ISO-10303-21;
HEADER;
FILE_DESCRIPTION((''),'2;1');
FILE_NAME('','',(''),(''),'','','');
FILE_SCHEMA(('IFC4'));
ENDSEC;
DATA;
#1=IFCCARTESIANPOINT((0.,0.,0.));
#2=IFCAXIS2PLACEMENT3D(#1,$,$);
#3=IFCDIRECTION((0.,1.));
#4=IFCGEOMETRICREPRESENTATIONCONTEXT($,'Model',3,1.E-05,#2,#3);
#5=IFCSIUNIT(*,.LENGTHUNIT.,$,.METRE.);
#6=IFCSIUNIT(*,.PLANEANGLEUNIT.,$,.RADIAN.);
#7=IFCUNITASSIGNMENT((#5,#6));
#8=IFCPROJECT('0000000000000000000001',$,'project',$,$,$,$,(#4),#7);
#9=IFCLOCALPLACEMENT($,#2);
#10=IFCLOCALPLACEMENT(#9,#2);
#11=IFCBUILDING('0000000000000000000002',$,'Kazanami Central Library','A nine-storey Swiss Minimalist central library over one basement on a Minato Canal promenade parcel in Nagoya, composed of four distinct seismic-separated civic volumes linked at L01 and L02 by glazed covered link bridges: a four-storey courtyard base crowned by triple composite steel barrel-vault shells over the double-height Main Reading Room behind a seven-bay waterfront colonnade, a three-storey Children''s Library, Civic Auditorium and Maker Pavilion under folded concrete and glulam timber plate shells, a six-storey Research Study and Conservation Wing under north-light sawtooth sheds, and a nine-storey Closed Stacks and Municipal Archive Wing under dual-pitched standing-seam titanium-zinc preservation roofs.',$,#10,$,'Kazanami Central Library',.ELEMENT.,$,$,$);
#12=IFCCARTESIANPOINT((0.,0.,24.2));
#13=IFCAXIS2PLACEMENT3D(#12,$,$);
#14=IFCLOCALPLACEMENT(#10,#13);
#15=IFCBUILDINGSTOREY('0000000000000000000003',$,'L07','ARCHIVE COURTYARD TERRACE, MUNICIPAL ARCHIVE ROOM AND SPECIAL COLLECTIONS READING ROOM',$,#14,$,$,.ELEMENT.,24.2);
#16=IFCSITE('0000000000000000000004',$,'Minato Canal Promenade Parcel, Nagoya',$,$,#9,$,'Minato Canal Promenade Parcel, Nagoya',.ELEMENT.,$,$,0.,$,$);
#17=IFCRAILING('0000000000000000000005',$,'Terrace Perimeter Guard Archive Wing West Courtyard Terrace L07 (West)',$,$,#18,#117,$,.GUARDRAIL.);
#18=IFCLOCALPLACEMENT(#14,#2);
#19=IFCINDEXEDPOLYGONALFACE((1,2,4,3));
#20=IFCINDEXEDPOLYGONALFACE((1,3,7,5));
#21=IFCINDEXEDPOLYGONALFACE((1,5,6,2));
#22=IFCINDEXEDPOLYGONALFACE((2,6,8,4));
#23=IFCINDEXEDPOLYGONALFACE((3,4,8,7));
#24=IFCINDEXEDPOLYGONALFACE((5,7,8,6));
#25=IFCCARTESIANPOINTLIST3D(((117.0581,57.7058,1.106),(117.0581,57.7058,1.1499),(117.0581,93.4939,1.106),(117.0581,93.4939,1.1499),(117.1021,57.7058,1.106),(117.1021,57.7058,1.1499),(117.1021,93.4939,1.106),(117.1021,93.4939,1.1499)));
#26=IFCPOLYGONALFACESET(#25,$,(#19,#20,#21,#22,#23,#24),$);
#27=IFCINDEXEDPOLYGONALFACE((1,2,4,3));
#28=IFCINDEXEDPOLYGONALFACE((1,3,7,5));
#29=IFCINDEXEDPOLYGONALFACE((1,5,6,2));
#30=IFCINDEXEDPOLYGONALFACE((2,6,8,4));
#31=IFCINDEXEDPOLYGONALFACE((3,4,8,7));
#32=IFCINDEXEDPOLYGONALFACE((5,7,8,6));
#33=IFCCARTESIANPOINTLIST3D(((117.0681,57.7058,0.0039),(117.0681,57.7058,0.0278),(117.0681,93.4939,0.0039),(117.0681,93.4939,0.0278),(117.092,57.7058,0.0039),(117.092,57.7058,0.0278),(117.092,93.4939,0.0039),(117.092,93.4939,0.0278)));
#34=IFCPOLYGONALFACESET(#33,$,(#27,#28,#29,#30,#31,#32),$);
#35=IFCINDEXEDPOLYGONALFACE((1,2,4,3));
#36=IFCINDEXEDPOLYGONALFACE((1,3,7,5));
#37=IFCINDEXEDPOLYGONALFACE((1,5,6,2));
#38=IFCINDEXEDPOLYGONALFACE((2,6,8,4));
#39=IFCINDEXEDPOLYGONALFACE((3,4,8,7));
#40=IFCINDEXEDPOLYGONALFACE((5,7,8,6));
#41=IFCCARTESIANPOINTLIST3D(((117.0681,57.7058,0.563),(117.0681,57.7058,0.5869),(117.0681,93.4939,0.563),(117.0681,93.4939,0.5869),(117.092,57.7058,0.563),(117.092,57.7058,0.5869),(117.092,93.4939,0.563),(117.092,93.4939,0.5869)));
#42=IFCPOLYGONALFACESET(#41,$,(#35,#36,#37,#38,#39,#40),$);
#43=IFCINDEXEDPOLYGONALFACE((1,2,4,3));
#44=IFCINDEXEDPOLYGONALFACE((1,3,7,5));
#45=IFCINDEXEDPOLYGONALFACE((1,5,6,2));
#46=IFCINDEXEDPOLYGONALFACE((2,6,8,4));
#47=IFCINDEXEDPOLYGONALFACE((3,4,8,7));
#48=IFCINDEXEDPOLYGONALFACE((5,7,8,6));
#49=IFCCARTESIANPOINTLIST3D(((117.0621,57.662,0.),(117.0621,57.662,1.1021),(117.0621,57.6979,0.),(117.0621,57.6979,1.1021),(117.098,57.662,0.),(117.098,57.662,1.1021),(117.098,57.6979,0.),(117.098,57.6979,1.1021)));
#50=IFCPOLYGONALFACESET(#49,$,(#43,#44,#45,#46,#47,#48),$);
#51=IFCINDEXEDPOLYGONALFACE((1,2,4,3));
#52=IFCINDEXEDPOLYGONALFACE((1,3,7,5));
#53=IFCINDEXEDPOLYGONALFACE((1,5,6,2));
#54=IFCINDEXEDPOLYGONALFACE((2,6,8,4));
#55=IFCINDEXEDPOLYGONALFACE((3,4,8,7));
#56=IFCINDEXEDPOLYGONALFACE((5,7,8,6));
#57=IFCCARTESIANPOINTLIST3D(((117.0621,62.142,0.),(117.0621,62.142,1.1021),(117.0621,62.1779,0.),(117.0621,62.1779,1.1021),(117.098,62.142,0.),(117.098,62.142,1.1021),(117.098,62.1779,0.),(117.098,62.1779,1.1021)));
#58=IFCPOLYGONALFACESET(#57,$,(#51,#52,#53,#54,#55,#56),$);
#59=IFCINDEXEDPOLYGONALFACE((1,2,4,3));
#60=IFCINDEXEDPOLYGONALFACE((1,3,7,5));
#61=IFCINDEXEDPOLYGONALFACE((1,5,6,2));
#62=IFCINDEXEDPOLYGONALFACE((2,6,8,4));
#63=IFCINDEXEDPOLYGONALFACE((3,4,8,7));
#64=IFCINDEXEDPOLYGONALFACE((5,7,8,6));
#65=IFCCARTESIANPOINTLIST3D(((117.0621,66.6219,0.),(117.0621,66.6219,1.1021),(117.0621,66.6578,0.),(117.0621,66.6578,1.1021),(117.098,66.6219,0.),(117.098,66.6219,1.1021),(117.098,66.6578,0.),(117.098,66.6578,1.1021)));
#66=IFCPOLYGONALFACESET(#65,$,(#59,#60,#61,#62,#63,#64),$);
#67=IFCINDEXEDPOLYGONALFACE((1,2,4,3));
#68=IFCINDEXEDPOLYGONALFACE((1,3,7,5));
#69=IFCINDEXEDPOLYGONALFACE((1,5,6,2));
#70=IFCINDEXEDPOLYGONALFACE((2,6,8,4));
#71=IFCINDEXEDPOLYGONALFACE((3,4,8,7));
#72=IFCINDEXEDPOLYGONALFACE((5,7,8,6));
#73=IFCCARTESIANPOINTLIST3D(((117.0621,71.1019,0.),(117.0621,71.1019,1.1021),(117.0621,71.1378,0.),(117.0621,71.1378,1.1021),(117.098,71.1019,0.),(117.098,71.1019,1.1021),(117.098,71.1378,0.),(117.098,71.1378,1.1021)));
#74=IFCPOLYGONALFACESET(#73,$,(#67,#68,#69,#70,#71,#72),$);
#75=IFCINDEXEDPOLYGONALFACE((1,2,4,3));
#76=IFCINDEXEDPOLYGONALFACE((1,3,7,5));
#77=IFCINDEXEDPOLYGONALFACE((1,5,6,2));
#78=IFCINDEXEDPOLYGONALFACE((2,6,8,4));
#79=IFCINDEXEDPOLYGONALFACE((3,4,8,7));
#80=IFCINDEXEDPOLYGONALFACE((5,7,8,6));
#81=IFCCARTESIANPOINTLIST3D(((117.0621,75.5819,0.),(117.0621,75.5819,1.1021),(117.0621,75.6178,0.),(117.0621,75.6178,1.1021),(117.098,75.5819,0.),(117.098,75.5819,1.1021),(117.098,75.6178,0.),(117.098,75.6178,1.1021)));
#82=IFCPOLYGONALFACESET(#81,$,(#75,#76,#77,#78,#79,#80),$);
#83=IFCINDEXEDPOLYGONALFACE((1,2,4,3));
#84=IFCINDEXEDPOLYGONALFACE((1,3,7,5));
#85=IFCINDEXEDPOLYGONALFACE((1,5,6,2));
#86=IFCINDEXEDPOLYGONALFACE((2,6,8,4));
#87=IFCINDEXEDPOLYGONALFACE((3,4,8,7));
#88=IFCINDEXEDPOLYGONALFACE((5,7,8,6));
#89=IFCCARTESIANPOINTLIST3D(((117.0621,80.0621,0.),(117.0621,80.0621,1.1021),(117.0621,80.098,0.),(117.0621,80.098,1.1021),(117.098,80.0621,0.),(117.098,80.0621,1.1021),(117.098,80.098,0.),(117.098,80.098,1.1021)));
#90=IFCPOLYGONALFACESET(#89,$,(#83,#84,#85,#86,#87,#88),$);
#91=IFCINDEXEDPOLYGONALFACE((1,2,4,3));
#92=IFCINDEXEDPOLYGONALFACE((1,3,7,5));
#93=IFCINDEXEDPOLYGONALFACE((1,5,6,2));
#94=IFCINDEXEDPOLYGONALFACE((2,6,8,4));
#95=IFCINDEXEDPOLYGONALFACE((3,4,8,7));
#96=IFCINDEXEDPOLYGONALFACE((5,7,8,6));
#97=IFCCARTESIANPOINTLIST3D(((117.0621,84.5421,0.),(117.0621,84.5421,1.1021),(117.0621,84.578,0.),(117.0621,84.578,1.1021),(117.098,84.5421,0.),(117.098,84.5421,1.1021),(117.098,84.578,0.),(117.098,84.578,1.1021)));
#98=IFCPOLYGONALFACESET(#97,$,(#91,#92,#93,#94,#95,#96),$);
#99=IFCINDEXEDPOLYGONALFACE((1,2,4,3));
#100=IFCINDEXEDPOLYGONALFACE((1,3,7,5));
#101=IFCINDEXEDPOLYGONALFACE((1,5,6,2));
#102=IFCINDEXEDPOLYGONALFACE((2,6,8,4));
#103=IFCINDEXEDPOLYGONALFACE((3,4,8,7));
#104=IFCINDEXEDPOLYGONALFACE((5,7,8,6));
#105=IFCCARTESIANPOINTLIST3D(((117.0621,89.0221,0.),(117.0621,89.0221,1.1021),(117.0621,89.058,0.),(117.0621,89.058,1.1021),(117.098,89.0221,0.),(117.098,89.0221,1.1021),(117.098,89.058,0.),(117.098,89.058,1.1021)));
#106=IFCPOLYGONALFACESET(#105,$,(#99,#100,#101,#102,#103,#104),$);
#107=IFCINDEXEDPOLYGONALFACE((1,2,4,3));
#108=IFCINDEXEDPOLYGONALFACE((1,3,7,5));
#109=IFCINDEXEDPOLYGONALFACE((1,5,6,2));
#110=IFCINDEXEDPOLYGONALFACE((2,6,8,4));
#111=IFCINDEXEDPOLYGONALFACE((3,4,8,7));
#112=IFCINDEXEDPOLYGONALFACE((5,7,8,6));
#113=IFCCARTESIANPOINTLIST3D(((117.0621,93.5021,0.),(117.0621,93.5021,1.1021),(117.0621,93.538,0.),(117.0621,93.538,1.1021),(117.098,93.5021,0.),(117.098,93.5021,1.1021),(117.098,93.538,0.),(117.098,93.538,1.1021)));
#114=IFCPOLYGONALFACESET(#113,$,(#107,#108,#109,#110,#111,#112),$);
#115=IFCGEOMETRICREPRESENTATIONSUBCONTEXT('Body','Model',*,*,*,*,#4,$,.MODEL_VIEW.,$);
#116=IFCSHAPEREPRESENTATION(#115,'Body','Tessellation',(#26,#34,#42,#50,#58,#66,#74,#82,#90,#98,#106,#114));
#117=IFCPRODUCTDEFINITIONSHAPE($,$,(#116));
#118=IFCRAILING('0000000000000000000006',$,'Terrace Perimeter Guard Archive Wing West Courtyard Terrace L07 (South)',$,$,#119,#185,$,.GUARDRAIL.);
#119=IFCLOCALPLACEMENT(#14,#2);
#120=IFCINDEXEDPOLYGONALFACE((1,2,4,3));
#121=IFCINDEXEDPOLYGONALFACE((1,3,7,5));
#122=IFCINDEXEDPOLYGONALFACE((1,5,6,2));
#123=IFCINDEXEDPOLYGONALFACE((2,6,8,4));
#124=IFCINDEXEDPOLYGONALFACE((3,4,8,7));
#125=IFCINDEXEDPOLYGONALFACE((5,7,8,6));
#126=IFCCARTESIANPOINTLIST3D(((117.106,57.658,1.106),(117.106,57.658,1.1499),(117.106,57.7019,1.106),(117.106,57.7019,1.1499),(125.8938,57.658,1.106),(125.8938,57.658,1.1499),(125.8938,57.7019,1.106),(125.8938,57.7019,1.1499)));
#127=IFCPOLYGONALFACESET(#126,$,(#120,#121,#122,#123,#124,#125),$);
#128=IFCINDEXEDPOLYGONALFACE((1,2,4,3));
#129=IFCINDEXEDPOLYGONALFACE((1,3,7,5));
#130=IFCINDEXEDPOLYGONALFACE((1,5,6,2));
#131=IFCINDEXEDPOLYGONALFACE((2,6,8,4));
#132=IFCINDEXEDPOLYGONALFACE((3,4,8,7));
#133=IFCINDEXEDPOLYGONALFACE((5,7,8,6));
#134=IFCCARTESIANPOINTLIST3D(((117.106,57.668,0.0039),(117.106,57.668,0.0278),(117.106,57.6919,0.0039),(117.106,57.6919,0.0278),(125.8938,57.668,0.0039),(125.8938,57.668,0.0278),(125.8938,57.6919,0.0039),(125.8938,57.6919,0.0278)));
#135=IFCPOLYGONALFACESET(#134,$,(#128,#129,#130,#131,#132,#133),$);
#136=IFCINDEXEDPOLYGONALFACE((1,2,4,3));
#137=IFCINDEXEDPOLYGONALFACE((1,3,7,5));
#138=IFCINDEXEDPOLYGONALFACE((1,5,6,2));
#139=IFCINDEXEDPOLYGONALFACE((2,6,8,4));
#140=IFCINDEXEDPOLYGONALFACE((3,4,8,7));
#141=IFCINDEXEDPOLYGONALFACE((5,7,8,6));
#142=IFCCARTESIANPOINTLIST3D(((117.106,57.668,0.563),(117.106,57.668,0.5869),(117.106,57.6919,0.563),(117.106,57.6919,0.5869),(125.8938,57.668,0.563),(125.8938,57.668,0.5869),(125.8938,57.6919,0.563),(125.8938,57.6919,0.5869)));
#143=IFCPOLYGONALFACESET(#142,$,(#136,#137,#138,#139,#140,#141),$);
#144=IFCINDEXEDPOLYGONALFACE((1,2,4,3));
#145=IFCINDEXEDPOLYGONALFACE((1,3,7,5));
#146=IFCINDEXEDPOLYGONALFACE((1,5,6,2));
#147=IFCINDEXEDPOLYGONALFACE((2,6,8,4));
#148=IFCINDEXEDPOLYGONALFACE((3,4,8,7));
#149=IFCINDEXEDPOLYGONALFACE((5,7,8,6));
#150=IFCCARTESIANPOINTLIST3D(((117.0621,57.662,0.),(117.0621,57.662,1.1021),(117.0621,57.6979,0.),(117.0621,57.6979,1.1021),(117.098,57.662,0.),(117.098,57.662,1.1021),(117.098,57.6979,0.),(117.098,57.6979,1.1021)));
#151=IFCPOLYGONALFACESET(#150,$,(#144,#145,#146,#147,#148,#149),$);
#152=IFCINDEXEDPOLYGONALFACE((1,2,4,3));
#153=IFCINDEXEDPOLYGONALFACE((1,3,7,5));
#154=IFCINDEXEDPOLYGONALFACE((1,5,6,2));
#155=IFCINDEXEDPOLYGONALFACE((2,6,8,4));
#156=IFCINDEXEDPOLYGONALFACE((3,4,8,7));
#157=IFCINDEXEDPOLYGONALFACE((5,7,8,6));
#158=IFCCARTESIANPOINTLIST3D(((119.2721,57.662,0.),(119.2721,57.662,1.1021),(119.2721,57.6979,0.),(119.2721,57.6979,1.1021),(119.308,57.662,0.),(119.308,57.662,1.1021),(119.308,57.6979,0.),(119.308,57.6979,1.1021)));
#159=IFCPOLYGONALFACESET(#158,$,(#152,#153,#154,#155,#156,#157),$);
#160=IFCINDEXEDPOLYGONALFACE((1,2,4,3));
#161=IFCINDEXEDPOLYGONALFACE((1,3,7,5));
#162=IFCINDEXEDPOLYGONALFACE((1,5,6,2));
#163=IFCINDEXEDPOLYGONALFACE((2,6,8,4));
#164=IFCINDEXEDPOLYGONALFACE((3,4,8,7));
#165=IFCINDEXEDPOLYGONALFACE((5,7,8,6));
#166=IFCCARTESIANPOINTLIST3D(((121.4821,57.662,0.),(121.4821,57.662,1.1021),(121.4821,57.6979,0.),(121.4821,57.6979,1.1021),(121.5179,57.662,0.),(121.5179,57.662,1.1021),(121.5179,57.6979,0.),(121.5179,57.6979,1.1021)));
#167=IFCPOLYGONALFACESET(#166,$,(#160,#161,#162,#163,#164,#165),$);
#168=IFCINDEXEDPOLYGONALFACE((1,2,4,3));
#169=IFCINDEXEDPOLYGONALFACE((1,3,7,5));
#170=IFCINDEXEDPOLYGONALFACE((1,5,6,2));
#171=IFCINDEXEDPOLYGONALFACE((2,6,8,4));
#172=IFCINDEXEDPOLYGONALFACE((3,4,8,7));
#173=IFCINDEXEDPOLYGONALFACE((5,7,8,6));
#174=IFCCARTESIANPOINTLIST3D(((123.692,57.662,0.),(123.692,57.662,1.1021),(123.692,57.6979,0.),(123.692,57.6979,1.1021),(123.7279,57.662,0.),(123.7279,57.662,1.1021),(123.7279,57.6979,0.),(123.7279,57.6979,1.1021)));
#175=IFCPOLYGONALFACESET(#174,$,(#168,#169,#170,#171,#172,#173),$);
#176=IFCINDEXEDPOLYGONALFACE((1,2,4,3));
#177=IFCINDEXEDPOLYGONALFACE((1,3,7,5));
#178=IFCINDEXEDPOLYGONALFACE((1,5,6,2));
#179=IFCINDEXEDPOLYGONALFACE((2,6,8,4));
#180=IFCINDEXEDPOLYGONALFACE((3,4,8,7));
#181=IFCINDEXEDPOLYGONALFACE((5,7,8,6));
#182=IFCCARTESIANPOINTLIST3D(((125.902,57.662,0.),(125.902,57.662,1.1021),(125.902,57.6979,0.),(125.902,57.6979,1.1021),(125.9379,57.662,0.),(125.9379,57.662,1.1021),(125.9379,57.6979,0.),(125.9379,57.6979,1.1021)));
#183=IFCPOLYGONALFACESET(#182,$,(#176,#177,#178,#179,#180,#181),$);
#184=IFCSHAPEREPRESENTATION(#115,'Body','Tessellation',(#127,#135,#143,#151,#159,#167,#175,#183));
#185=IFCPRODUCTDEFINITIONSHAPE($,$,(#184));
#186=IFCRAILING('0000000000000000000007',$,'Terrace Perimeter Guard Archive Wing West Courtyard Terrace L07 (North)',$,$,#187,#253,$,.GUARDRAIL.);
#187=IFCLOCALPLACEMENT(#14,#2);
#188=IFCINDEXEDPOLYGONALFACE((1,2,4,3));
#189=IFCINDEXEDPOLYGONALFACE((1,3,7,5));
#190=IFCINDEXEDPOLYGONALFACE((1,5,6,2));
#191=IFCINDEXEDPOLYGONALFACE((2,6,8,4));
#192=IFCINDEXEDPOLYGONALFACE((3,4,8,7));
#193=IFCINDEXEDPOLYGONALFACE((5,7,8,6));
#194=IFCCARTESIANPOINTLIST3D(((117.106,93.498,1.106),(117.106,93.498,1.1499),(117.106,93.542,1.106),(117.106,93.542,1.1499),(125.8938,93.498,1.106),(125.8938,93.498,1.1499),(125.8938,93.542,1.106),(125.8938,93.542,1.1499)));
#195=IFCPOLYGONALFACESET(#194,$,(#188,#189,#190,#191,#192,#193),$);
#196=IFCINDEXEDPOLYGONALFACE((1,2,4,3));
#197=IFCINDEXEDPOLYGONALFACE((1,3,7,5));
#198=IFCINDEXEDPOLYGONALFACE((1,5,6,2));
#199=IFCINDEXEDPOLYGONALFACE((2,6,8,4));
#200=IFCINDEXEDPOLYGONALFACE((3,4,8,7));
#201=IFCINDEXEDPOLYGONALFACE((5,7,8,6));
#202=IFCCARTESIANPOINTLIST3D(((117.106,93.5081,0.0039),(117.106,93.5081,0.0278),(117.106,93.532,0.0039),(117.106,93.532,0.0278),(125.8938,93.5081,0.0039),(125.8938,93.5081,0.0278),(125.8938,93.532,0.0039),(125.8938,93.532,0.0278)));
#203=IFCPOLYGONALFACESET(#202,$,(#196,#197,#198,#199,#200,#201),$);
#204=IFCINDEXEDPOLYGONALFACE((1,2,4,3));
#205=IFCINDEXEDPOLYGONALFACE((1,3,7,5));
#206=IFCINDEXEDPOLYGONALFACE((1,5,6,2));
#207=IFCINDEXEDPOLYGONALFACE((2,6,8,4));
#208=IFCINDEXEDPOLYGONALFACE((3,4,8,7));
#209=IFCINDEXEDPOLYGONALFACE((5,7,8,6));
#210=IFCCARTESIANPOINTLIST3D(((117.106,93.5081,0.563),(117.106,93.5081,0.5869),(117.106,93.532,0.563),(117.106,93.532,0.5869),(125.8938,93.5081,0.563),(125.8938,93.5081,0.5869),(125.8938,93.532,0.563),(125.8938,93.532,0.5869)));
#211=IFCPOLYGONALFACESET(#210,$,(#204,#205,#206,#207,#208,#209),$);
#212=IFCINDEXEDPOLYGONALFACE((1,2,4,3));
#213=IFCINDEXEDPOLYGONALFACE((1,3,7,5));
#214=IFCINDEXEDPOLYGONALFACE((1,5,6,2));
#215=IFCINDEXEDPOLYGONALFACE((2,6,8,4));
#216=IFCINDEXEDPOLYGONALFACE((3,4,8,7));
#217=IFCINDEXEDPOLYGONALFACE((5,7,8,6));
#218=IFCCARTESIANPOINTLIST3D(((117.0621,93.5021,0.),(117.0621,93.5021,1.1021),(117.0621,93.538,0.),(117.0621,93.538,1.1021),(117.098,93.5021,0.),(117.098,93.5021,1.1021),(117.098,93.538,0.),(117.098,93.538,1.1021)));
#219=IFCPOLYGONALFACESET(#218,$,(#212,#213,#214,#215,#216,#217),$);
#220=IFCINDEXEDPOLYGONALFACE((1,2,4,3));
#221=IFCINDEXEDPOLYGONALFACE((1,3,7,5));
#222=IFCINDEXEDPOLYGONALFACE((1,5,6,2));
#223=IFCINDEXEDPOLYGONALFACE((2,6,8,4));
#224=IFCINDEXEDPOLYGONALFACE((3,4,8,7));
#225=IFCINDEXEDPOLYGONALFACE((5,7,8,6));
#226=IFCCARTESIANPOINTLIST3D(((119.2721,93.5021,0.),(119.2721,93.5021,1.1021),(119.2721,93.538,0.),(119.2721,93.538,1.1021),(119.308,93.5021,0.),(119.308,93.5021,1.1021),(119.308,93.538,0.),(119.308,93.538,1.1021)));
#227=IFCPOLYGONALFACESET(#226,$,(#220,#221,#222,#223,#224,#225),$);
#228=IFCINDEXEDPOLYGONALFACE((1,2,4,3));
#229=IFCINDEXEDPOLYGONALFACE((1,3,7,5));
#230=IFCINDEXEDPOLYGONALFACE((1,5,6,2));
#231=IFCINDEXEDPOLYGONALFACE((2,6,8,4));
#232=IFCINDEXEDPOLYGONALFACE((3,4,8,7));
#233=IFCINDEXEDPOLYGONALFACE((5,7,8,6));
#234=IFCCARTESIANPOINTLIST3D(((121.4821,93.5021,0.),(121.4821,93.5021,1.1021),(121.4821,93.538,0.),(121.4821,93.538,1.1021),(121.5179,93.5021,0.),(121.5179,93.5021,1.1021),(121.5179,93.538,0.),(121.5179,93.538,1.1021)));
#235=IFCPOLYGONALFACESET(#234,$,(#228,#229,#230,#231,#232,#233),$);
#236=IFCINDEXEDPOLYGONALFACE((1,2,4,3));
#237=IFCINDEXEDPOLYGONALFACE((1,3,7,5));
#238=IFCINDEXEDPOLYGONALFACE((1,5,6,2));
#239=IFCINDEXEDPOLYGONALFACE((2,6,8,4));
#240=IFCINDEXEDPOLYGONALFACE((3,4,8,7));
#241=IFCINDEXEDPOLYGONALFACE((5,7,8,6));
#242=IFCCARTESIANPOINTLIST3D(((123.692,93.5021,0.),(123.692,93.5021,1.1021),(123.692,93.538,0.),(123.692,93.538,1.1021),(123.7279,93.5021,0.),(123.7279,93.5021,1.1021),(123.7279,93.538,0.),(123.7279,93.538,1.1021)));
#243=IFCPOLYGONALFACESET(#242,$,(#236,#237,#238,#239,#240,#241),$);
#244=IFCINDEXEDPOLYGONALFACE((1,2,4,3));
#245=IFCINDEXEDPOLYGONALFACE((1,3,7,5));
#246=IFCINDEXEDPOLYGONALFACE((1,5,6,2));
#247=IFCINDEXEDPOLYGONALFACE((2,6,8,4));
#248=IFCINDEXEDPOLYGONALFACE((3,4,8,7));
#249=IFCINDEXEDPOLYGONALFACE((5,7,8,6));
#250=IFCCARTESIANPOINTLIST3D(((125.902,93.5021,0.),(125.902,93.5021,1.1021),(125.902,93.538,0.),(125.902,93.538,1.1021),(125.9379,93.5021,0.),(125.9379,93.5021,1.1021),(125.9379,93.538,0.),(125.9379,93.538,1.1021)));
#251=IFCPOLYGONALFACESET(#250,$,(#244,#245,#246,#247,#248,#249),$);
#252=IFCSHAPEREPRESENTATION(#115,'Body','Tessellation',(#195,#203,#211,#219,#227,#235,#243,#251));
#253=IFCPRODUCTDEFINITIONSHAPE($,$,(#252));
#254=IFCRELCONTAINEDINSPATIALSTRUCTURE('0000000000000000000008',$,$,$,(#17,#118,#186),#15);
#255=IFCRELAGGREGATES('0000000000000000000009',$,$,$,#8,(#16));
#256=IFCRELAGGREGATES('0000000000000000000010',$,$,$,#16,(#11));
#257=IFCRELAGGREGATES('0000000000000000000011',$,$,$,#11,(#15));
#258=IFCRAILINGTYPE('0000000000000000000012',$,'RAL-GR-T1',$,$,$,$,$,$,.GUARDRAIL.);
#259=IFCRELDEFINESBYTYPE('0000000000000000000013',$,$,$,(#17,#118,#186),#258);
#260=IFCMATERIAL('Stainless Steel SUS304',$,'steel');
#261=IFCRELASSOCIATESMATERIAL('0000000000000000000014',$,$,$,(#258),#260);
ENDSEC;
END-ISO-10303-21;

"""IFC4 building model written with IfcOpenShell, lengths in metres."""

from ifc_helpers import new_model, si_unit, direction, frame, origin, origin_2d, place, context, subcontext, project, spatial, rectangle, extrude, material, type_object, element, save


model = new_model("IFC4")

# Units and contexts
model_context = context("Model", 3, precision=1e-05, world=origin(), true_north=direction((0.0, 1.0)))
body_context = subcontext(model_context, "Body", "Model", "MODEL_VIEW")
ifc_project = project(units=[si_unit("LENGTHUNIT", "METRE"), si_unit("PLANEANGLEUNIT", "RADIAN")], contexts=[model_context])

# Site, building, storey
site_placement = place(None, origin())
site = spatial("IfcSite", under=ifc_project, at=site_placement, Name="Minato Canal Promenade Parcel, Nagoya", LongName="Minato Canal Promenade Parcel, Nagoya", CompositionType="ELEMENT", RefElevation=0.0)
building_placement = place(site_placement, origin())
building = spatial("IfcBuilding", under=site, at=building_placement, Name="Kazanami Central Library", Description="A nine-storey Swiss Minimalist central library over one basement on a Minato Canal promenade parcel in Nagoya, composed of four distinct seismic-separated civic volumes linked at L01 and L02 by glazed covered link bridges: a four-storey courtyard base crowned by triple composite steel barrel-vault shells over the double-height Main Reading Room behind a seven-bay waterfront colonnade, a three-storey Children's Library, Civic Auditorium and Maker Pavilion under folded concrete and glulam timber plate shells, a six-storey Research Study and Conservation Wing under north-light sawtooth sheds, and a nine-storey Closed Stacks and Municipal Archive Wing under dual-pitched standing-seam titanium-zinc preservation roofs.", LongName="Kazanami Central Library", CompositionType="ELEMENT")
storey_placement = place(building_placement, frame((0.0, 0.0, 24.2)))
storey = spatial("IfcBuildingStorey", under=building, at=storey_placement, Name="L07", Description="ARCHIVE COURTYARD TERRACE, MUNICIPAL ARCHIVE ROOM AND SPECIAL COLLECTIONS READING ROOM", CompositionType="ELEMENT", Elevation=24.2)

# Railings
ifc_material_1 = material(Name="Stainless Steel SUS304", Category="steel")
railing_type = type_object("IfcRailingType", Name="RAL-GR-T1", PredefinedType="GUARDRAIL", material=ifc_material_1)
railing_placement = place(storey_placement, frame((117.0801, 57.6799, 0.0)))
element("IfcRailing", 1, at=railing_placement, inside=storey, type_object=railing_type, Name="Terrace Perimeter Guard Archive Wing West Courtyard Terrace L07 (West)", PredefinedType="GUARDRAIL", context=body_context, shape_type="SweptSolid", body=[
    extrude(rectangle(XDim=0.0439, YDim=0.0439, at=origin_2d()), frame((0.0, 0.0259, 1.1279), z_axis=(0.0, 1.0, 0.0), x_axis=(-1.0, 0.0, 0.0)), (0.0, 0.0, 1.0), 35.7881),
    extrude(rectangle(XDim=0.0239, YDim=0.0239, at=origin_2d()), frame((0.0, 0.0259, 0.0159), z_axis=(0.0, 1.0, 0.0), x_axis=(-1.0, 0.0, 0.0)), (0.0, 0.0, 1.0), 35.7881),
    extrude(rectangle(XDim=0.0239, YDim=0.0239, at=origin_2d()), frame((0.0, 0.0259, 0.575), z_axis=(0.0, 1.0, 0.0), x_axis=(-1.0, 0.0, 0.0)), (0.0, 0.0, 1.0), 35.7881),
    extrude(rectangle(XDim=0.0359, YDim=0.0359, at=origin_2d()), origin(), (0.0, 0.0, 1.0), 1.1021),
    extrude(rectangle(XDim=0.0359, YDim=0.0359, at=origin_2d()), frame((0.0, 4.48, 0.0)), (0.0, 0.0, 1.0), 1.1021),
    extrude(rectangle(XDim=0.0359, YDim=0.0359, at=origin_2d()), frame((0.0, 8.96, 0.0)), (0.0, 0.0, 1.0), 1.1021),
    extrude(rectangle(XDim=0.0359, YDim=0.0359, at=origin_2d()), frame((0.0, 13.4399, 0.0)), (0.0, 0.0, 1.0), 1.1021),
    extrude(rectangle(XDim=0.0359, YDim=0.0359, at=origin_2d()), frame((0.0, 17.9199, 0.0)), (0.0, 0.0, 1.0), 1.1021),
    extrude(rectangle(XDim=0.0359, YDim=0.0359, at=origin_2d()), frame((0.0, 22.4001, 0.0)), (0.0, 0.0, 1.0), 1.1021),
    extrude(rectangle(XDim=0.0359, YDim=0.0359, at=origin_2d()), frame((0.0, 26.8801, 0.0)), (0.0, 0.0, 1.0), 1.1021),
    extrude(rectangle(XDim=0.0359, YDim=0.0359, at=origin_2d()), frame((0.0, 31.3601, 0.0)), (0.0, 0.0, 1.0), 1.1021),
    extrude(rectangle(XDim=0.0359, YDim=0.0359, at=origin_2d()), frame((0.0, 35.8401, 0.0)), (0.0, 0.0, 1.0), 1.1021),
])
for number, where, name in (
    (2, (117.0801, 57.6799, 0.0), "Terrace Perimeter Guard Archive Wing West Courtyard Terrace L07 (South)"),
    (3, (117.0801, 93.52, 0.0), "Terrace Perimeter Guard Archive Wing West Courtyard Terrace L07 (North)"),
):
    element("IfcRailing", number, at=place(storey_placement, frame(where)), inside=storey, type_object=railing_type, Name=name, PredefinedType="GUARDRAIL", context=body_context, shape_type="SweptSolid", body=[
        extrude(rectangle(XDim=0.0439, YDim=0.0439, at=origin_2d()), frame((0.0259, 0.0, 1.1279), z_axis=(1.0, 0.0, 0.0), x_axis=(0.0, 1.0, 0.0)), (0.0, 0.0, 1.0), 8.7878),
        extrude(rectangle(XDim=0.0239, YDim=0.0239, at=origin_2d()), frame((0.0259, 0.0, 0.0159), z_axis=(1.0, 0.0, 0.0), x_axis=(0.0, 1.0, 0.0)), (0.0, 0.0, 1.0), 8.7878),
        extrude(rectangle(XDim=0.0239, YDim=0.0239, at=origin_2d()), frame((0.0259, 0.0, 0.575), z_axis=(1.0, 0.0, 0.0), x_axis=(0.0, 1.0, 0.0)), (0.0, 0.0, 1.0), 8.7878),
        extrude(rectangle(XDim=0.0359, YDim=0.0359, at=origin_2d()), origin(), (0.0, 0.0, 1.0), 1.1021),
        extrude(rectangle(XDim=0.0359, YDim=0.0359, at=origin_2d()), frame((2.21, 0.0, 0.0)), (0.0, 0.0, 1.0), 1.1021),
        extrude(rectangle(XDim=0.0359, YDim=0.0359, at=origin_2d()), frame((4.4199, 0.0, 0.0)), (0.0, 0.0, 1.0), 1.1021),
        extrude(rectangle(XDim=0.0359, YDim=0.0359, at=origin_2d()), frame((6.6299, 0.0, 0.0)), (0.0, 0.0, 1.0), 1.1021),
        extrude(rectangle(XDim=0.0359, YDim=0.0359, at=origin_2d()), frame((8.8398, 0.0, 0.0)), (0.0, 0.0, 1.0), 1.1021),
    ])

save(model, "model.ifc")
